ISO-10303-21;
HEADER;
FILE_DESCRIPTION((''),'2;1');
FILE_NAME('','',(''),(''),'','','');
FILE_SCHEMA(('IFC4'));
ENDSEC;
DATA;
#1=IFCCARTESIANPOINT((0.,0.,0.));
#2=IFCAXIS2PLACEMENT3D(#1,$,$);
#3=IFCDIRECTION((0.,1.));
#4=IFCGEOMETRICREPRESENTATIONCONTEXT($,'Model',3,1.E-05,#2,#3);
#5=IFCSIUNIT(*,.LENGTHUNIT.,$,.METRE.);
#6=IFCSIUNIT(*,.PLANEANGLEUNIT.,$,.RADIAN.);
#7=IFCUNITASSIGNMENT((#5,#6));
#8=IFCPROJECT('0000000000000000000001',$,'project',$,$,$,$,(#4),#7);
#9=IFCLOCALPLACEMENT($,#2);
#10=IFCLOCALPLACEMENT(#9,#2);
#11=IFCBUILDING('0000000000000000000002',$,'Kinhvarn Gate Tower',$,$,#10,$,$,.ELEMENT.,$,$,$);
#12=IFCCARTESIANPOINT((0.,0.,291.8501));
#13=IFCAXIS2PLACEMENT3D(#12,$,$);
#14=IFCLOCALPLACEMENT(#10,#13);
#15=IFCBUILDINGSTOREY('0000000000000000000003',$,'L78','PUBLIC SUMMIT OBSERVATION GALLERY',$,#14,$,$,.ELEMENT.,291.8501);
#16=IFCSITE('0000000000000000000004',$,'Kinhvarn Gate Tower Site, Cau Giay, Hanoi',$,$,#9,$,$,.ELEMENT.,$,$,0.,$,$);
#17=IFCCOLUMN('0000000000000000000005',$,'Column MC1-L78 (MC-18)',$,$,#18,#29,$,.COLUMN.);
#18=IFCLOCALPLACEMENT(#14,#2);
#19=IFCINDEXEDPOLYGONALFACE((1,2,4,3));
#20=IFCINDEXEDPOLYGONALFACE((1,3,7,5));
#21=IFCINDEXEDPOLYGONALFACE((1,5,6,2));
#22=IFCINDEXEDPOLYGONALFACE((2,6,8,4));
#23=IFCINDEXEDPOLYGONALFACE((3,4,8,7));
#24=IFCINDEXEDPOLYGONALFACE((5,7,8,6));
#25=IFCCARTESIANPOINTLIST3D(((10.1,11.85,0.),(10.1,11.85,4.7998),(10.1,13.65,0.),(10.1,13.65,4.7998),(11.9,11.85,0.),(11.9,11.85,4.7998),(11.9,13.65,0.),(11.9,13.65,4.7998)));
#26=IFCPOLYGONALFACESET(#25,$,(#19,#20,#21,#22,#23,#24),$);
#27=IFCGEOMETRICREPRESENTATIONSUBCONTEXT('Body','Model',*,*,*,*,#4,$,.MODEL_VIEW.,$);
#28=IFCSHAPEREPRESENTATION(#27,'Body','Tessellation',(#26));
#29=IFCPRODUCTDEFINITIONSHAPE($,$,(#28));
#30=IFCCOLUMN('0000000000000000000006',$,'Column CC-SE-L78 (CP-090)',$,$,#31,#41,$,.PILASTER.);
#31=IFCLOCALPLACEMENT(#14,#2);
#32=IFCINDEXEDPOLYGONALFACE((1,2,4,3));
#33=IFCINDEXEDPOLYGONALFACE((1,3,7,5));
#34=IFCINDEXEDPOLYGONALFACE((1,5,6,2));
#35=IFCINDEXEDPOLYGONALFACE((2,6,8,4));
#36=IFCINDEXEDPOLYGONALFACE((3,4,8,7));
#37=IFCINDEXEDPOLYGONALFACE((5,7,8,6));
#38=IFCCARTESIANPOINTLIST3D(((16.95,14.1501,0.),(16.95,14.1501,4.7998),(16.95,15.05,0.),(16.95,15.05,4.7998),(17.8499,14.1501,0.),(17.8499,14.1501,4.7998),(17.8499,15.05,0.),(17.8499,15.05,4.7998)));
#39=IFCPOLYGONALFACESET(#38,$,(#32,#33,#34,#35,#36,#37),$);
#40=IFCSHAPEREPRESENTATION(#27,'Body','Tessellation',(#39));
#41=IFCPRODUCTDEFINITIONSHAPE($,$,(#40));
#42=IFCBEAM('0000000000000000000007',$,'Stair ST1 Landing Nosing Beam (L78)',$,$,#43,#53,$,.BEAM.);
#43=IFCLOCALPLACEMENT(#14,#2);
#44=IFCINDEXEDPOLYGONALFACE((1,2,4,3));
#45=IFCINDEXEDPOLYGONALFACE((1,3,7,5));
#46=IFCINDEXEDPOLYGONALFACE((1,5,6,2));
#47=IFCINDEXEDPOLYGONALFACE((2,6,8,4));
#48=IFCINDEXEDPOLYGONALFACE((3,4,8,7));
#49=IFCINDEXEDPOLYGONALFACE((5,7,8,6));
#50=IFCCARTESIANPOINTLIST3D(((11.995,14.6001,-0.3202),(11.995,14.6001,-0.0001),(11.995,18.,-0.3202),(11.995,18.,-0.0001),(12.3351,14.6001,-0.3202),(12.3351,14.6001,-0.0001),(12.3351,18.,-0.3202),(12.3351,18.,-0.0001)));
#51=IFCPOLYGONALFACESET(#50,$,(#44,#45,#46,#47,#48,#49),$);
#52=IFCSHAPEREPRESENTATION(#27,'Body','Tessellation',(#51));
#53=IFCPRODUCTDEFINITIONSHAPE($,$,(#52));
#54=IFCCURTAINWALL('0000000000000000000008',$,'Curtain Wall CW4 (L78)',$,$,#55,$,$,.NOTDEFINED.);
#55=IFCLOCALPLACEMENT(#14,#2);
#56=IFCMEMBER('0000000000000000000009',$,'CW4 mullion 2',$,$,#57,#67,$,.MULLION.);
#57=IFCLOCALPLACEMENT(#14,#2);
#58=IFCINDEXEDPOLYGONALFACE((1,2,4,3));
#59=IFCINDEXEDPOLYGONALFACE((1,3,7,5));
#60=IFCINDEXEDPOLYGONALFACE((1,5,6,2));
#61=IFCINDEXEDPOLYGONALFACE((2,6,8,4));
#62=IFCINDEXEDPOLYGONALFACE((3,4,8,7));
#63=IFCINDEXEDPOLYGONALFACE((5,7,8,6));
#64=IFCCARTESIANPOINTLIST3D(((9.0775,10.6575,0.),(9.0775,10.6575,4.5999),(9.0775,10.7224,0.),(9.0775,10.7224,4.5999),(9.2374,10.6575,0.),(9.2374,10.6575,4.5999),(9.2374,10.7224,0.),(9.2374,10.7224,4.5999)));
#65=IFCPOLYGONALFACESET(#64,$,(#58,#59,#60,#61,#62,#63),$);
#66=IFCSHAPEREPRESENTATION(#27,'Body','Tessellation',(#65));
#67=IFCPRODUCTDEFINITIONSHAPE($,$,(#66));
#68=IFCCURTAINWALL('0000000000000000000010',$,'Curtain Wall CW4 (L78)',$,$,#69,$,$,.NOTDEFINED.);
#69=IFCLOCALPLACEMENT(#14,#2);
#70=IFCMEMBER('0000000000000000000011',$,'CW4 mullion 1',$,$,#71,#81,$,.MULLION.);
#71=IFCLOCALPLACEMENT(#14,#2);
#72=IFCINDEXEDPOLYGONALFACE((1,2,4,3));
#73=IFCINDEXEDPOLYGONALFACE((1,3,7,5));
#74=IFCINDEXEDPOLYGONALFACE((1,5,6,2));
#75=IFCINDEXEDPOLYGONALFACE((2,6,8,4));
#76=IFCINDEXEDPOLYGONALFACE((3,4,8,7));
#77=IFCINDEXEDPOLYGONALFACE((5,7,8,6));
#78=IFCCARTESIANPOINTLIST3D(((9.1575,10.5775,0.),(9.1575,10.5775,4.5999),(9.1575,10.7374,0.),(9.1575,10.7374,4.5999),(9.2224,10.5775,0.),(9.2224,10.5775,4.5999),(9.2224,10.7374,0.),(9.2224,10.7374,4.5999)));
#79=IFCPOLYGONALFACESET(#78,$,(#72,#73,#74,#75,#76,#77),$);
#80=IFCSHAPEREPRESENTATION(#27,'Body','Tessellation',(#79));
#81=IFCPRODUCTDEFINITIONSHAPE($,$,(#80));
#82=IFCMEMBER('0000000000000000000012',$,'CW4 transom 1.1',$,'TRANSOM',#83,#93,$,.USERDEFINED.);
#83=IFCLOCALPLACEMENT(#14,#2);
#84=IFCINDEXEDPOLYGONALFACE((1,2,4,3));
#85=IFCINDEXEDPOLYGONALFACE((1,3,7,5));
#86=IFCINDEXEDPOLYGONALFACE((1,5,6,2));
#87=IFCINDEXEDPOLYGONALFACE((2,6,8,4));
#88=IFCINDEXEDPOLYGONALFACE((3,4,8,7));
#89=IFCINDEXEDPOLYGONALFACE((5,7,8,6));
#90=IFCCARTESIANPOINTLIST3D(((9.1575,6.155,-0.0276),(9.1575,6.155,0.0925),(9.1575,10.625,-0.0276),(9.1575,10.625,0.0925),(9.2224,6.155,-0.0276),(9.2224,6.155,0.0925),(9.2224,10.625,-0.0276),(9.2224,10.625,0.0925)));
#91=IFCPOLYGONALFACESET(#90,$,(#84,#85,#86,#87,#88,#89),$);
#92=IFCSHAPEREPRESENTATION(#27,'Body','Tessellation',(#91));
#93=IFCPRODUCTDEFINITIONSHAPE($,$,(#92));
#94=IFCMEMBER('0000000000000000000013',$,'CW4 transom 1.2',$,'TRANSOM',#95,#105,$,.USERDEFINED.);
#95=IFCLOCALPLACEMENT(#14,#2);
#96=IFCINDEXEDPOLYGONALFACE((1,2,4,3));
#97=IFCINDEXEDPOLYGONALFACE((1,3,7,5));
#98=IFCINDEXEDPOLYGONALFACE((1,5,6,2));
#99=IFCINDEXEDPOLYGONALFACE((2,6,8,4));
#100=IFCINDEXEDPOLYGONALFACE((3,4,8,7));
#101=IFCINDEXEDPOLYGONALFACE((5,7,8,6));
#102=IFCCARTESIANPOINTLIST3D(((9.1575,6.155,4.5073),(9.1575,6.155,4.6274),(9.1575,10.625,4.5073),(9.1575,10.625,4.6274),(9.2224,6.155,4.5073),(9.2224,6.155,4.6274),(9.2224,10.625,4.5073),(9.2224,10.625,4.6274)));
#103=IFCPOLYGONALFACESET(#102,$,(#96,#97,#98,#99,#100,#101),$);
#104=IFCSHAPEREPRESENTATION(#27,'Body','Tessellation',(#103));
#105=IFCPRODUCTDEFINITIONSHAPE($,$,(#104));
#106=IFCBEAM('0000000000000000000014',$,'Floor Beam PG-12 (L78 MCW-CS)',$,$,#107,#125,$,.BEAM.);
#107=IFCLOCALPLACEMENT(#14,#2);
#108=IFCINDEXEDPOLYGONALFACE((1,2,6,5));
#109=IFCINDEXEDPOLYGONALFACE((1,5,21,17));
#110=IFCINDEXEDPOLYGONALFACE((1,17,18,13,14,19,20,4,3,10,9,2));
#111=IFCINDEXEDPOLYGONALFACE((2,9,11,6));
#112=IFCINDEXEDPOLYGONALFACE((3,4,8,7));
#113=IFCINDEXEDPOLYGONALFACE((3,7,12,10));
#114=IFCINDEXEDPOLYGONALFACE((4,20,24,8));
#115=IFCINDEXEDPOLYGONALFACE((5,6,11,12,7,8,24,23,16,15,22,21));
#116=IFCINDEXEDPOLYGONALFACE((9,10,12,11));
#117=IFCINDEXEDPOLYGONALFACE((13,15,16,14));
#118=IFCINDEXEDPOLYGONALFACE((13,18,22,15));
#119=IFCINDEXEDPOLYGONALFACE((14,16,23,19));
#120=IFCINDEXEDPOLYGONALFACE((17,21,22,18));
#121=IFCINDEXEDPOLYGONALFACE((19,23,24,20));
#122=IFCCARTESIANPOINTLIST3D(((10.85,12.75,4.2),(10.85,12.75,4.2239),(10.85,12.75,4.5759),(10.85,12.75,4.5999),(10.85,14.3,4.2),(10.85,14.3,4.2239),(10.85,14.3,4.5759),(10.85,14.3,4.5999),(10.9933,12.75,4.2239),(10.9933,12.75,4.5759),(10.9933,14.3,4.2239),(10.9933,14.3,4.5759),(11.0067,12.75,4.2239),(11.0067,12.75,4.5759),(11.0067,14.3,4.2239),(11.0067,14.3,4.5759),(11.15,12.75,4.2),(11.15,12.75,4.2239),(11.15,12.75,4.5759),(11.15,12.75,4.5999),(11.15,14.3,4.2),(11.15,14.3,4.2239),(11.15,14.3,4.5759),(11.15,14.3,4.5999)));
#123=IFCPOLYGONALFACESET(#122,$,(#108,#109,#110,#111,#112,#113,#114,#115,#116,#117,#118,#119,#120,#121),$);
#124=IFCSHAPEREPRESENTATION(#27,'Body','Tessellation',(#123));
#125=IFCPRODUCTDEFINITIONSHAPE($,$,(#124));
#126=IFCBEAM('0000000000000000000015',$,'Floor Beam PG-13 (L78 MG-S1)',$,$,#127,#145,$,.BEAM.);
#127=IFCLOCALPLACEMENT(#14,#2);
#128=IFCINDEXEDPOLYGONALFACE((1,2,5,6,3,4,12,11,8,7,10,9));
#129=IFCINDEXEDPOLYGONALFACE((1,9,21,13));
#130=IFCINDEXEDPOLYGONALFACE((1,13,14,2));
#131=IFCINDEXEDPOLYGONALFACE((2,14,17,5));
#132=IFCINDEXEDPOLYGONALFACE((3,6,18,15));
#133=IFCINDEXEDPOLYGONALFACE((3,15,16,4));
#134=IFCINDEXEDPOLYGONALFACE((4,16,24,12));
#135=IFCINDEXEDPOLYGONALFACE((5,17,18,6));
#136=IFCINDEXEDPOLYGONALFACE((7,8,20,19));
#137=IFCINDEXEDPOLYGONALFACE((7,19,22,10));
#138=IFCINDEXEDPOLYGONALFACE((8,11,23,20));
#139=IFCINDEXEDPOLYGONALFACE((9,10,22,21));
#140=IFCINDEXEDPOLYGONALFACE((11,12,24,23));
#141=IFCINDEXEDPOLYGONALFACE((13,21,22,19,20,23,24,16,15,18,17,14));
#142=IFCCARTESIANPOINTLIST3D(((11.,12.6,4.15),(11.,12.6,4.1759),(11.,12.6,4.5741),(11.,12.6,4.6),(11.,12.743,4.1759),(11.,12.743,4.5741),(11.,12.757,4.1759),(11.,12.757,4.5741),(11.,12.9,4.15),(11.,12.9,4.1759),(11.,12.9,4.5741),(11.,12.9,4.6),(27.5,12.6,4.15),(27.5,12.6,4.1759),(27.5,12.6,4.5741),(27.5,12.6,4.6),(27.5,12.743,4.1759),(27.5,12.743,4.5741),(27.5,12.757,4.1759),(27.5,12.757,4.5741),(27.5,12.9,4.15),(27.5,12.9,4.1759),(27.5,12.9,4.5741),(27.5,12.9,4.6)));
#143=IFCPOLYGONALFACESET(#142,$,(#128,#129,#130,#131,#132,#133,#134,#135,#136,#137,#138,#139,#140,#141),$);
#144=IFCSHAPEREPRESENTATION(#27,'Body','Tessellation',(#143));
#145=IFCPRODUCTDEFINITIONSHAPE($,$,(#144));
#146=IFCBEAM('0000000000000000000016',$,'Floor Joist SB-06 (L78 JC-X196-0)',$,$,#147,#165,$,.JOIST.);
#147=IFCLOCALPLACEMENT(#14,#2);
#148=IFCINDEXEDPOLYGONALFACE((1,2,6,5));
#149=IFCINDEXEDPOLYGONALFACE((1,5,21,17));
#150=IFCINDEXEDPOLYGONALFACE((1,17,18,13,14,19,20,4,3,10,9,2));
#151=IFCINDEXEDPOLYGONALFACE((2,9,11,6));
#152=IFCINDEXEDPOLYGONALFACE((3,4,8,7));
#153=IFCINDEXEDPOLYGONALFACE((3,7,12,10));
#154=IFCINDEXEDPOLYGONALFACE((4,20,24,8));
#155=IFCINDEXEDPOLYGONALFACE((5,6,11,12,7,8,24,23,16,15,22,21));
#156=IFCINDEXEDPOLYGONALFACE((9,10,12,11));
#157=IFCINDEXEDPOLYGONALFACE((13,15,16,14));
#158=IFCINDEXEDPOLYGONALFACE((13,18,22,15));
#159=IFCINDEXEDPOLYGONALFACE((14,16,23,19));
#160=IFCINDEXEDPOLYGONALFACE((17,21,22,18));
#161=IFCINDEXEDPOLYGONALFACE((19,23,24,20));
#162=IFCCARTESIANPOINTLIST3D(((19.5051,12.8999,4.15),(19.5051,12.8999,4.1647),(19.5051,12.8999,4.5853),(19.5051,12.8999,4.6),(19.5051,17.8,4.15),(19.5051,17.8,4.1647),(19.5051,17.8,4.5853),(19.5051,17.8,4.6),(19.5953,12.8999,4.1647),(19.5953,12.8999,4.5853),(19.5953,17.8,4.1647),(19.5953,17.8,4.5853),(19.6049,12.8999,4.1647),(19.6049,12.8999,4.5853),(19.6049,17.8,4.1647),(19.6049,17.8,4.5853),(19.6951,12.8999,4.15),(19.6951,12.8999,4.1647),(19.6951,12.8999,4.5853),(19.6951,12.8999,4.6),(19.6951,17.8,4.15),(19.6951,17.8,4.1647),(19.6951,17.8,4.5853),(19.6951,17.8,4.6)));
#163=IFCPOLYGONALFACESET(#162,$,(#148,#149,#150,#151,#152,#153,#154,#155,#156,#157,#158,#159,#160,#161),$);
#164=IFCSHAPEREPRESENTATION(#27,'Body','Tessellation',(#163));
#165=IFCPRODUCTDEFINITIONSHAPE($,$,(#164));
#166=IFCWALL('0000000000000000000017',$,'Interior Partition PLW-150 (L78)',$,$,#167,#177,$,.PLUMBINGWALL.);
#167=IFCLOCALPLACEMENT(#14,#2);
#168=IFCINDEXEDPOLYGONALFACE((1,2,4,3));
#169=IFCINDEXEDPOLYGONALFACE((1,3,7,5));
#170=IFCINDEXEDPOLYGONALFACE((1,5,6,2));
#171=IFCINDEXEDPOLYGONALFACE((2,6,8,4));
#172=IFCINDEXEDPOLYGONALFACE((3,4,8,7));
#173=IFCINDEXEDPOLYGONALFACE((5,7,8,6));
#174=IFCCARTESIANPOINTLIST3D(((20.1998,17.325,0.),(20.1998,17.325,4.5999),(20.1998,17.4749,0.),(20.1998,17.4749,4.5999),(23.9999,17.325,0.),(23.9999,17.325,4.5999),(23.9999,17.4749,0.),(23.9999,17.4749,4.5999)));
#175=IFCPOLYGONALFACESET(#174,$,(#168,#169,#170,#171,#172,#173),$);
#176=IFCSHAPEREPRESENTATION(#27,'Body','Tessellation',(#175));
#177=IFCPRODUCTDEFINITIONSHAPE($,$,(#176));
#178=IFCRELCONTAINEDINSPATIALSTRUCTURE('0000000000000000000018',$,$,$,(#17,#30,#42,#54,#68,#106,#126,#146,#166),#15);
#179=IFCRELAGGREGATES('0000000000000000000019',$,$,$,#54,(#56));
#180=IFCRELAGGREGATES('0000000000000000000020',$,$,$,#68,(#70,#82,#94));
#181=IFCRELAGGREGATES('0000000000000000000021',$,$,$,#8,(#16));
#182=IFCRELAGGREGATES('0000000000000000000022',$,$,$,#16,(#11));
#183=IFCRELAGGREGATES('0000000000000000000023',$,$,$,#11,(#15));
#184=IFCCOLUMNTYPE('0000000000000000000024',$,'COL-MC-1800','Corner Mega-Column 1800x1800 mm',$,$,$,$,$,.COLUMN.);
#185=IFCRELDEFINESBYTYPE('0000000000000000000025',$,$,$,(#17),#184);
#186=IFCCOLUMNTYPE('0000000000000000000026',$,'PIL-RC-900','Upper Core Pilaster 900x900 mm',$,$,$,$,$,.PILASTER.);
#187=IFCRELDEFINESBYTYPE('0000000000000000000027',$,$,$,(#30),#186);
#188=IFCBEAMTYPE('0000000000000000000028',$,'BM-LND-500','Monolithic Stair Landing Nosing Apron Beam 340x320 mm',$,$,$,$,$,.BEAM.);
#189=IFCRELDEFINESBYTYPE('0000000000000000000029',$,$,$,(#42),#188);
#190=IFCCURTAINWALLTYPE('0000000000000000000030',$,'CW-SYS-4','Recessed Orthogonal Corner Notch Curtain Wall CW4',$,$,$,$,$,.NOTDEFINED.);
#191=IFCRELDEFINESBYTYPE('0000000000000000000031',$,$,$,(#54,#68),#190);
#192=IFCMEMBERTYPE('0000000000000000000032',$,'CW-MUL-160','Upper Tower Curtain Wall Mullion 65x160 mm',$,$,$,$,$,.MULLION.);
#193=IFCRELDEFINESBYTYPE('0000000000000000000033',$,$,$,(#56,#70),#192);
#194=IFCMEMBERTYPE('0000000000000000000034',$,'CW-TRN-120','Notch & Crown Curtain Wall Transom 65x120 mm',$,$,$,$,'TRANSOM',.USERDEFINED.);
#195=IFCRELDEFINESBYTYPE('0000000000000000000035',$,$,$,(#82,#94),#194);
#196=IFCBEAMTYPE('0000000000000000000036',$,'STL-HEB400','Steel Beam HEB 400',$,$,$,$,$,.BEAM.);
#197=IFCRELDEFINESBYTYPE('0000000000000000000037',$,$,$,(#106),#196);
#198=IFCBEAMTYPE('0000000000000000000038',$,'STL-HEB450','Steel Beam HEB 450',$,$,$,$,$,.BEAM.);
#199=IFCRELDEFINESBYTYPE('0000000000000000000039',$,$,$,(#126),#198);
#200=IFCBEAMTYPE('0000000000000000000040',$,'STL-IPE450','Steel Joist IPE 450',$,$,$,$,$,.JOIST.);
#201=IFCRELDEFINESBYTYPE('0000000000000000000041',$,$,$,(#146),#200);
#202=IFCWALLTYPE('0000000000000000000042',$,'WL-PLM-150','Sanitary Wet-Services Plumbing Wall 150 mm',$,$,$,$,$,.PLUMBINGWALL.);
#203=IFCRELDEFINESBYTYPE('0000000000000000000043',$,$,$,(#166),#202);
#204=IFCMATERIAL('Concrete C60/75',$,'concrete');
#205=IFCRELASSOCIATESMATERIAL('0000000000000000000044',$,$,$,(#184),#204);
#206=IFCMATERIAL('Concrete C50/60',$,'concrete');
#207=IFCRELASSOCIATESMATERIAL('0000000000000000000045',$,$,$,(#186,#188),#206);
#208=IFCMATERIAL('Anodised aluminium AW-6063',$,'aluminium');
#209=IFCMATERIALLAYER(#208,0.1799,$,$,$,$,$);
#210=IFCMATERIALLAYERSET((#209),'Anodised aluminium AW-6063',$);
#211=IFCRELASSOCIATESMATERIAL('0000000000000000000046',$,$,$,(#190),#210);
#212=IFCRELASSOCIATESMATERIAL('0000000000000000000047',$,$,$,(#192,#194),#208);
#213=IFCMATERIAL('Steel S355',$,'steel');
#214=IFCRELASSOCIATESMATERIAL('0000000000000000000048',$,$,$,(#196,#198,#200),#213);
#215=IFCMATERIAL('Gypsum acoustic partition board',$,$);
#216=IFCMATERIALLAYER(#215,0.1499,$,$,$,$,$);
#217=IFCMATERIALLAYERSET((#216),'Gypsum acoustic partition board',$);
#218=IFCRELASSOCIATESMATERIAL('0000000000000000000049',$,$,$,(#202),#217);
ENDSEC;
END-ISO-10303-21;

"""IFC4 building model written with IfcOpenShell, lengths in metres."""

from ifc_helpers import new_model, si_unit, direction, frame, frame_2d, origin, origin_2d, place, context, subcontext, project, spatial, rectangle, i_section, extrude, material, layer, layer_set, material_profile, profile_set, type_object, element, aggregate, save


model = new_model("IFC4")

# Units and contexts
model_context = context("Model", 3, precision=1e-05, world=origin(), true_north=direction((0.0, 1.0)))
body_context = subcontext(model_context, "Body", "Model", "MODEL_VIEW")
ifc_project = project(units=[si_unit("LENGTHUNIT", "METRE"), si_unit("PLANEANGLEUNIT", "RADIAN")], contexts=[model_context])

# Site, building, storey
site_placement = place(None, origin())
site = spatial("IfcSite", under=ifc_project, at=site_placement, Name="Kinhvarn Gate Tower Site, Cau Giay, Hanoi", CompositionType="ELEMENT", RefElevation=0.0)
building_placement = place(site_placement, origin())
building = spatial("IfcBuilding", under=site, at=building_placement, Name="Kinhvarn Gate Tower", CompositionType="ELEMENT")
storey_placement = place(building_placement, frame((0.0, 0.0, 291.8501)))
storey = spatial("IfcBuildingStorey", under=building, at=storey_placement, Name="L78", Description="PUBLIC SUMMIT OBSERVATION GALLERY", CompositionType="ELEMENT", Elevation=291.8501)

# Columns
ifc_material_1 = material(Name="Concrete C60/75", Category="concrete")
ifc_material_profile_1 = material_profile(ifc_material_1, rectangle(XDim=1.8, YDim=1.8, at=origin_2d()), Name="RC 1800x1800")
ifc_profile_set_1 = profile_set([ifc_material_profile_1], Name="Concrete C60/75")
column_type_1 = type_object("IfcColumnType", Name="COL-MC-1800", Description="Corner Mega-Column 1800x1800 mm", PredefinedType="COLUMN", material=ifc_profile_set_1)
column_1_placement = place(storey_placement, frame((11.0, 12.75, 0.0), z_axis=(0.0, 0.0, 1.0), x_axis=(1.0, 0.0, 0.0)))
element("IfcColumn", 1, at=column_1_placement, inside=storey, type_object=column_type_1, Name="Column MC1-L78 (MC-18)", PredefinedType="COLUMN", context=body_context, shape_type="SweptSolid", body=[
    extrude(rectangle(XDim=1.8, YDim=1.8, at=origin_2d()), origin(), (0.0, 0.0, 1.0), 4.7998),
])
ifc_material_2 = material(Name="Concrete C50/60", Category="concrete")
ifc_material_profile_2 = material_profile(ifc_material_2, rectangle(XDim=0.8999, YDim=0.8999, at=origin_2d()), Name="RC 900x900")
ifc_profile_set_2 = profile_set([ifc_material_profile_2], Name="Concrete C50/60")
column_type_2 = type_object("IfcColumnType", Name="PIL-RC-900", Description="Upper Core Pilaster 900x900 mm", PredefinedType="PILASTER", material=ifc_profile_set_2)
column_2_placement = place(storey_placement, frame((17.3999, 14.6001, 0.0), z_axis=(0.0, 0.0, 1.0), x_axis=(1.0, 0.0, 0.0)))
element("IfcColumn", 2, at=column_2_placement, inside=storey, type_object=column_type_2, Name="Column CC-SE-L78 (CP-090)", PredefinedType="PILASTER", context=body_context, shape_type="SweptSolid", body=[
    extrude(rectangle(XDim=0.8999, YDim=0.8999, at=origin_2d()), origin(), (0.0, 0.0, 1.0), 4.7998),
])

# Beam
ifc_material_profile_3 = material_profile(ifc_material_2, rectangle(XDim=0.3401, YDim=0.3201, at=origin_2d()), Name="RC 340x320")
ifc_profile_set_3 = profile_set([ifc_material_profile_3], Name="Concrete C50/60")
beam_type_1 = type_object("IfcBeamType", Name="BM-LND-500", Description="Monolithic Stair Landing Nosing Apron Beam 340x320 mm", PredefinedType="BEAM", material=ifc_profile_set_3)
beam_1_placement = place(storey_placement, frame((12.165, 14.6001, -0.1602), z_axis=(0.0, 1.0, 0.0), x_axis=(-1.0, 0.0, 0.0)))
element("IfcBeam", 3, at=beam_1_placement, inside=storey, type_object=beam_type_1, Name="Stair ST1 Landing Nosing Beam (L78)", PredefinedType="BEAM", context=body_context, shape_type="SweptSolid", body=[
    extrude(rectangle(XDim=0.3401, YDim=0.3201, at=origin_2d()), origin(), (0.0, 0.0, 1.0), 3.3999),
])

# Curtain wall, member
ifc_material_3 = material(Name="Anodised aluminium AW-6063", Category="aluminium")
ifc_layer_1 = layer(ifc_material_3, 0.1799)
ifc_layer_set_1 = layer_set([ifc_layer_1], Name="Anodised aluminium AW-6063")
curtain_wall_type = type_object("IfcCurtainWallType", Name="CW-SYS-4", Description="Recessed Orthogonal Corner Notch Curtain Wall CW4", PredefinedType="NOTDEFINED", material=ifc_layer_set_1)
curtain_wall_1_placement = place(storey_placement, origin())
curtain_wall_1 = element("IfcCurtainWall", 4, at=curtain_wall_1_placement, inside=storey, type_object=curtain_wall_type, Name="Curtain Wall CW4 (L78)", PredefinedType="NOTDEFINED")
ifc_material_profile_4 = material_profile(ifc_material_3, rectangle(XDim=0.0649, YDim=0.1599, at=origin_2d()), Name="ALU 65x160")
ifc_profile_set_4 = profile_set([ifc_material_profile_4], Name="Anodised aluminium AW-6063")
member_type_1 = type_object("IfcMemberType", Name="CW-MUL-160", Description="Upper Tower Curtain Wall Mullion 65x160 mm", PredefinedType="MULLION", material=ifc_profile_set_4)
member_1_placement = place(storey_placement, frame((9.1575, 10.6899, 0.0), z_axis=(0.0, 0.0, 1.0), x_axis=(0.0, 1.0, 0.0)))
member_1 = element("IfcMember", 5, at=member_1_placement, type_object=member_type_1, Name="CW4 mullion 2", PredefinedType="MULLION", context=body_context, shape_type="SweptSolid", body=[
    extrude(rectangle(XDim=0.0649, YDim=0.1599, at=origin_2d()), origin(), (0.0, 0.0, 1.0), 4.5999),
])
aggregate(curtain_wall_1, [member_1])

# Curtain wall, members
curtain_wall_2_placement = place(storey_placement, origin())
curtain_wall_2 = element("IfcCurtainWall", 6, at=curtain_wall_2_placement, inside=storey, type_object=curtain_wall_type, Name="Curtain Wall CW4 (L78)", PredefinedType="NOTDEFINED")
member_2_placement = place(storey_placement, frame((9.1899, 10.6575, 0.0), z_axis=(0.0, 0.0, 1.0), x_axis=(1.0, 0.0, 0.0)))
member_2 = element("IfcMember", 7, at=member_2_placement, type_object=member_type_1, Name="CW4 mullion 1", PredefinedType="MULLION", context=body_context, shape_type="SweptSolid", body=[
    extrude(rectangle(XDim=0.0649, YDim=0.1599, at=origin_2d()), origin(), (0.0, 0.0, 1.0), 4.5999),
])
ifc_material_profile_5 = material_profile(ifc_material_3, rectangle(XDim=0.0649, YDim=0.1201, at=origin_2d()), Name="ALU 65x120")
ifc_profile_set_5 = profile_set([ifc_material_profile_5], Name="Anodised aluminium AW-6063")
member_type_2 = type_object("IfcMemberType", Name="CW-TRN-120", Description="Notch & Crown Curtain Wall Transom 65x120 mm", ElementType="TRANSOM", PredefinedType="USERDEFINED", material=ifc_profile_set_5)
member_3_placement = place(storey_placement, frame((9.1899, 10.625, 0.0325), z_axis=(0.0, -1.0, 0.0), x_axis=(1.0, 0.0, 0.0)))
member_3 = element("IfcMember", 8, at=member_3_placement, type_object=member_type_2, Name="CW4 transom 1.1", ObjectType="TRANSOM", PredefinedType="USERDEFINED", context=body_context, shape_type="SweptSolid", body=[
    extrude(rectangle(XDim=0.0649, YDim=0.1201, at=origin_2d()), origin(), (0.0, 0.0, 1.0), 4.47),
])
member_4_placement = place(storey_placement, frame((9.1899, 10.625, 4.5674), z_axis=(0.0, -1.0, 0.0), x_axis=(1.0, 0.0, 0.0)))
member_4 = element("IfcMember", 9, at=member_4_placement, type_object=member_type_2, Name="CW4 transom 1.2", ObjectType="TRANSOM", PredefinedType="USERDEFINED", context=body_context, shape_type="SweptSolid", body=[
    extrude(rectangle(XDim=0.0649, YDim=0.1201, at=origin_2d()), origin(), (0.0, 0.0, 1.0), 4.47),
])
aggregate(curtain_wall_2, [member_2, member_3, member_4])

# Beams
ifc_material_4 = material(Name="Steel S355", Category="steel")
ifc_material_profile_6 = material_profile(ifc_material_4, i_section(OverallWidth=0.3, OverallDepth=0.3999, WebThickness=0.0134, FlangeThickness=0.0239, at=origin_2d()), Name="HEB 400")
ifc_profile_set_6 = profile_set([ifc_material_profile_6], Name="Steel S355")
beam_type_2 = type_object("IfcBeamType", Name="STL-HEB400", Description="Steel Beam HEB 400", PredefinedType="BEAM", material=ifc_profile_set_6)
beam_2_placement = place(storey_placement, frame((11.0, 12.75, 4.3999), z_axis=(0.0, 1.0, 0.0), x_axis=(-1.0, 0.0, 0.0)))
element("IfcBeam", 10, at=beam_2_placement, inside=storey, type_object=beam_type_2, Name="Floor Beam PG-12 (L78 MCW-CS)", PredefinedType="BEAM", context=body_context, shape_type="SweptSolid", body=[
    extrude(i_section(OverallWidth=0.3, OverallDepth=0.3999, WebThickness=0.0134, FlangeThickness=0.0239, at=origin_2d()), origin(), (0.0, 0.0, 1.0), 1.55),
])
ifc_material_profile_7 = material_profile(ifc_material_4, i_section(OverallWidth=0.3, OverallDepth=0.45, WebThickness=0.0139, FlangeThickness=0.0259, at=origin_2d()), Name="HEB 450")
ifc_profile_set_7 = profile_set([ifc_material_profile_7], Name="Steel S355")
beam_type_3 = type_object("IfcBeamType", Name="STL-HEB450", Description="Steel Beam HEB 450", PredefinedType="BEAM", material=ifc_profile_set_7)
beam_3_placement = place(storey_placement, frame((11.0, 12.75, 4.375), z_axis=(1.0, 0.0, 0.0), x_axis=(0.0, 1.0, 0.0)))
element("IfcBeam", 11, at=beam_3_placement, inside=storey, type_object=beam_type_3, Name="Floor Beam PG-13 (L78 MG-S1)", PredefinedType="BEAM", context=body_context, shape_type="SweptSolid", body=[
    extrude(i_section(OverallWidth=0.3, OverallDepth=0.45, WebThickness=0.0139, FlangeThickness=0.0259, at=origin_2d()), origin(), (0.0, 0.0, 1.0), 16.5),
])
ifc_material_profile_8 = material_profile(ifc_material_4, i_section(OverallWidth=0.1899, OverallDepth=0.45, WebThickness=0.0095, FlangeThickness=0.0146, at=origin_2d()), Name="IPE 450")
ifc_profile_set_8 = profile_set([ifc_material_profile_8], Name="Steel S355")
beam_type_4 = type_object("IfcBeamType", Name="STL-IPE450", Description="Steel Joist IPE 450", PredefinedType="JOIST", material=ifc_profile_set_8)
beam_4_placement = place(storey_placement, frame((19.6001, 12.8999, 4.375), z_axis=(0.0, 1.0, 0.0), x_axis=(-1.0, 0.0, 0.0)))
element("IfcBeam", 12, at=beam_4_placement, inside=storey, type_object=beam_type_4, Name="Floor Joist SB-06 (L78 JC-X196-0)", PredefinedType="JOIST", context=body_context, shape_type="SweptSolid", body=[
    extrude(i_section(OverallWidth=0.1899, OverallDepth=0.45, WebThickness=0.0095, FlangeThickness=0.0146, at=origin_2d()), origin(), (0.0, 0.0, 1.0), 4.9001),
])

# Wall
ifc_material_5 = material(Name="Gypsum acoustic partition board")
ifc_layer_2 = layer(ifc_material_5, 0.1499)
ifc_layer_set_2 = layer_set([ifc_layer_2], Name="Gypsum acoustic partition board")
wall_type_1 = type_object("IfcWallType", Name="WL-PLM-150", Description="Sanitary Wet-Services Plumbing Wall 150 mm", PredefinedType="PLUMBINGWALL", material=ifc_layer_set_2)
for number, where, z_axis, x_axis, name in (
    (13, (20.2, 17.3999, 0.0), (0.0, 0.0, 1.0), (1.0, 0.0, 0.0), "Interior Partition PLW-150 (L78)"),
):
    element("IfcWall", number, at=place(storey_placement, frame(where, z_axis=z_axis, x_axis=x_axis)), inside=storey, type_object=wall_type_1, Name=name, PredefinedType="PLUMBINGWALL", context=body_context, shape_type="SweptSolid", body=[
        extrude(rectangle(XDim=3.8, YDim=0.1499, at=frame_2d((1.8999, 0.0))), origin(), (0.0, 0.0, 1.0), 4.5999),
    ])

save(model, "model.ifc")
